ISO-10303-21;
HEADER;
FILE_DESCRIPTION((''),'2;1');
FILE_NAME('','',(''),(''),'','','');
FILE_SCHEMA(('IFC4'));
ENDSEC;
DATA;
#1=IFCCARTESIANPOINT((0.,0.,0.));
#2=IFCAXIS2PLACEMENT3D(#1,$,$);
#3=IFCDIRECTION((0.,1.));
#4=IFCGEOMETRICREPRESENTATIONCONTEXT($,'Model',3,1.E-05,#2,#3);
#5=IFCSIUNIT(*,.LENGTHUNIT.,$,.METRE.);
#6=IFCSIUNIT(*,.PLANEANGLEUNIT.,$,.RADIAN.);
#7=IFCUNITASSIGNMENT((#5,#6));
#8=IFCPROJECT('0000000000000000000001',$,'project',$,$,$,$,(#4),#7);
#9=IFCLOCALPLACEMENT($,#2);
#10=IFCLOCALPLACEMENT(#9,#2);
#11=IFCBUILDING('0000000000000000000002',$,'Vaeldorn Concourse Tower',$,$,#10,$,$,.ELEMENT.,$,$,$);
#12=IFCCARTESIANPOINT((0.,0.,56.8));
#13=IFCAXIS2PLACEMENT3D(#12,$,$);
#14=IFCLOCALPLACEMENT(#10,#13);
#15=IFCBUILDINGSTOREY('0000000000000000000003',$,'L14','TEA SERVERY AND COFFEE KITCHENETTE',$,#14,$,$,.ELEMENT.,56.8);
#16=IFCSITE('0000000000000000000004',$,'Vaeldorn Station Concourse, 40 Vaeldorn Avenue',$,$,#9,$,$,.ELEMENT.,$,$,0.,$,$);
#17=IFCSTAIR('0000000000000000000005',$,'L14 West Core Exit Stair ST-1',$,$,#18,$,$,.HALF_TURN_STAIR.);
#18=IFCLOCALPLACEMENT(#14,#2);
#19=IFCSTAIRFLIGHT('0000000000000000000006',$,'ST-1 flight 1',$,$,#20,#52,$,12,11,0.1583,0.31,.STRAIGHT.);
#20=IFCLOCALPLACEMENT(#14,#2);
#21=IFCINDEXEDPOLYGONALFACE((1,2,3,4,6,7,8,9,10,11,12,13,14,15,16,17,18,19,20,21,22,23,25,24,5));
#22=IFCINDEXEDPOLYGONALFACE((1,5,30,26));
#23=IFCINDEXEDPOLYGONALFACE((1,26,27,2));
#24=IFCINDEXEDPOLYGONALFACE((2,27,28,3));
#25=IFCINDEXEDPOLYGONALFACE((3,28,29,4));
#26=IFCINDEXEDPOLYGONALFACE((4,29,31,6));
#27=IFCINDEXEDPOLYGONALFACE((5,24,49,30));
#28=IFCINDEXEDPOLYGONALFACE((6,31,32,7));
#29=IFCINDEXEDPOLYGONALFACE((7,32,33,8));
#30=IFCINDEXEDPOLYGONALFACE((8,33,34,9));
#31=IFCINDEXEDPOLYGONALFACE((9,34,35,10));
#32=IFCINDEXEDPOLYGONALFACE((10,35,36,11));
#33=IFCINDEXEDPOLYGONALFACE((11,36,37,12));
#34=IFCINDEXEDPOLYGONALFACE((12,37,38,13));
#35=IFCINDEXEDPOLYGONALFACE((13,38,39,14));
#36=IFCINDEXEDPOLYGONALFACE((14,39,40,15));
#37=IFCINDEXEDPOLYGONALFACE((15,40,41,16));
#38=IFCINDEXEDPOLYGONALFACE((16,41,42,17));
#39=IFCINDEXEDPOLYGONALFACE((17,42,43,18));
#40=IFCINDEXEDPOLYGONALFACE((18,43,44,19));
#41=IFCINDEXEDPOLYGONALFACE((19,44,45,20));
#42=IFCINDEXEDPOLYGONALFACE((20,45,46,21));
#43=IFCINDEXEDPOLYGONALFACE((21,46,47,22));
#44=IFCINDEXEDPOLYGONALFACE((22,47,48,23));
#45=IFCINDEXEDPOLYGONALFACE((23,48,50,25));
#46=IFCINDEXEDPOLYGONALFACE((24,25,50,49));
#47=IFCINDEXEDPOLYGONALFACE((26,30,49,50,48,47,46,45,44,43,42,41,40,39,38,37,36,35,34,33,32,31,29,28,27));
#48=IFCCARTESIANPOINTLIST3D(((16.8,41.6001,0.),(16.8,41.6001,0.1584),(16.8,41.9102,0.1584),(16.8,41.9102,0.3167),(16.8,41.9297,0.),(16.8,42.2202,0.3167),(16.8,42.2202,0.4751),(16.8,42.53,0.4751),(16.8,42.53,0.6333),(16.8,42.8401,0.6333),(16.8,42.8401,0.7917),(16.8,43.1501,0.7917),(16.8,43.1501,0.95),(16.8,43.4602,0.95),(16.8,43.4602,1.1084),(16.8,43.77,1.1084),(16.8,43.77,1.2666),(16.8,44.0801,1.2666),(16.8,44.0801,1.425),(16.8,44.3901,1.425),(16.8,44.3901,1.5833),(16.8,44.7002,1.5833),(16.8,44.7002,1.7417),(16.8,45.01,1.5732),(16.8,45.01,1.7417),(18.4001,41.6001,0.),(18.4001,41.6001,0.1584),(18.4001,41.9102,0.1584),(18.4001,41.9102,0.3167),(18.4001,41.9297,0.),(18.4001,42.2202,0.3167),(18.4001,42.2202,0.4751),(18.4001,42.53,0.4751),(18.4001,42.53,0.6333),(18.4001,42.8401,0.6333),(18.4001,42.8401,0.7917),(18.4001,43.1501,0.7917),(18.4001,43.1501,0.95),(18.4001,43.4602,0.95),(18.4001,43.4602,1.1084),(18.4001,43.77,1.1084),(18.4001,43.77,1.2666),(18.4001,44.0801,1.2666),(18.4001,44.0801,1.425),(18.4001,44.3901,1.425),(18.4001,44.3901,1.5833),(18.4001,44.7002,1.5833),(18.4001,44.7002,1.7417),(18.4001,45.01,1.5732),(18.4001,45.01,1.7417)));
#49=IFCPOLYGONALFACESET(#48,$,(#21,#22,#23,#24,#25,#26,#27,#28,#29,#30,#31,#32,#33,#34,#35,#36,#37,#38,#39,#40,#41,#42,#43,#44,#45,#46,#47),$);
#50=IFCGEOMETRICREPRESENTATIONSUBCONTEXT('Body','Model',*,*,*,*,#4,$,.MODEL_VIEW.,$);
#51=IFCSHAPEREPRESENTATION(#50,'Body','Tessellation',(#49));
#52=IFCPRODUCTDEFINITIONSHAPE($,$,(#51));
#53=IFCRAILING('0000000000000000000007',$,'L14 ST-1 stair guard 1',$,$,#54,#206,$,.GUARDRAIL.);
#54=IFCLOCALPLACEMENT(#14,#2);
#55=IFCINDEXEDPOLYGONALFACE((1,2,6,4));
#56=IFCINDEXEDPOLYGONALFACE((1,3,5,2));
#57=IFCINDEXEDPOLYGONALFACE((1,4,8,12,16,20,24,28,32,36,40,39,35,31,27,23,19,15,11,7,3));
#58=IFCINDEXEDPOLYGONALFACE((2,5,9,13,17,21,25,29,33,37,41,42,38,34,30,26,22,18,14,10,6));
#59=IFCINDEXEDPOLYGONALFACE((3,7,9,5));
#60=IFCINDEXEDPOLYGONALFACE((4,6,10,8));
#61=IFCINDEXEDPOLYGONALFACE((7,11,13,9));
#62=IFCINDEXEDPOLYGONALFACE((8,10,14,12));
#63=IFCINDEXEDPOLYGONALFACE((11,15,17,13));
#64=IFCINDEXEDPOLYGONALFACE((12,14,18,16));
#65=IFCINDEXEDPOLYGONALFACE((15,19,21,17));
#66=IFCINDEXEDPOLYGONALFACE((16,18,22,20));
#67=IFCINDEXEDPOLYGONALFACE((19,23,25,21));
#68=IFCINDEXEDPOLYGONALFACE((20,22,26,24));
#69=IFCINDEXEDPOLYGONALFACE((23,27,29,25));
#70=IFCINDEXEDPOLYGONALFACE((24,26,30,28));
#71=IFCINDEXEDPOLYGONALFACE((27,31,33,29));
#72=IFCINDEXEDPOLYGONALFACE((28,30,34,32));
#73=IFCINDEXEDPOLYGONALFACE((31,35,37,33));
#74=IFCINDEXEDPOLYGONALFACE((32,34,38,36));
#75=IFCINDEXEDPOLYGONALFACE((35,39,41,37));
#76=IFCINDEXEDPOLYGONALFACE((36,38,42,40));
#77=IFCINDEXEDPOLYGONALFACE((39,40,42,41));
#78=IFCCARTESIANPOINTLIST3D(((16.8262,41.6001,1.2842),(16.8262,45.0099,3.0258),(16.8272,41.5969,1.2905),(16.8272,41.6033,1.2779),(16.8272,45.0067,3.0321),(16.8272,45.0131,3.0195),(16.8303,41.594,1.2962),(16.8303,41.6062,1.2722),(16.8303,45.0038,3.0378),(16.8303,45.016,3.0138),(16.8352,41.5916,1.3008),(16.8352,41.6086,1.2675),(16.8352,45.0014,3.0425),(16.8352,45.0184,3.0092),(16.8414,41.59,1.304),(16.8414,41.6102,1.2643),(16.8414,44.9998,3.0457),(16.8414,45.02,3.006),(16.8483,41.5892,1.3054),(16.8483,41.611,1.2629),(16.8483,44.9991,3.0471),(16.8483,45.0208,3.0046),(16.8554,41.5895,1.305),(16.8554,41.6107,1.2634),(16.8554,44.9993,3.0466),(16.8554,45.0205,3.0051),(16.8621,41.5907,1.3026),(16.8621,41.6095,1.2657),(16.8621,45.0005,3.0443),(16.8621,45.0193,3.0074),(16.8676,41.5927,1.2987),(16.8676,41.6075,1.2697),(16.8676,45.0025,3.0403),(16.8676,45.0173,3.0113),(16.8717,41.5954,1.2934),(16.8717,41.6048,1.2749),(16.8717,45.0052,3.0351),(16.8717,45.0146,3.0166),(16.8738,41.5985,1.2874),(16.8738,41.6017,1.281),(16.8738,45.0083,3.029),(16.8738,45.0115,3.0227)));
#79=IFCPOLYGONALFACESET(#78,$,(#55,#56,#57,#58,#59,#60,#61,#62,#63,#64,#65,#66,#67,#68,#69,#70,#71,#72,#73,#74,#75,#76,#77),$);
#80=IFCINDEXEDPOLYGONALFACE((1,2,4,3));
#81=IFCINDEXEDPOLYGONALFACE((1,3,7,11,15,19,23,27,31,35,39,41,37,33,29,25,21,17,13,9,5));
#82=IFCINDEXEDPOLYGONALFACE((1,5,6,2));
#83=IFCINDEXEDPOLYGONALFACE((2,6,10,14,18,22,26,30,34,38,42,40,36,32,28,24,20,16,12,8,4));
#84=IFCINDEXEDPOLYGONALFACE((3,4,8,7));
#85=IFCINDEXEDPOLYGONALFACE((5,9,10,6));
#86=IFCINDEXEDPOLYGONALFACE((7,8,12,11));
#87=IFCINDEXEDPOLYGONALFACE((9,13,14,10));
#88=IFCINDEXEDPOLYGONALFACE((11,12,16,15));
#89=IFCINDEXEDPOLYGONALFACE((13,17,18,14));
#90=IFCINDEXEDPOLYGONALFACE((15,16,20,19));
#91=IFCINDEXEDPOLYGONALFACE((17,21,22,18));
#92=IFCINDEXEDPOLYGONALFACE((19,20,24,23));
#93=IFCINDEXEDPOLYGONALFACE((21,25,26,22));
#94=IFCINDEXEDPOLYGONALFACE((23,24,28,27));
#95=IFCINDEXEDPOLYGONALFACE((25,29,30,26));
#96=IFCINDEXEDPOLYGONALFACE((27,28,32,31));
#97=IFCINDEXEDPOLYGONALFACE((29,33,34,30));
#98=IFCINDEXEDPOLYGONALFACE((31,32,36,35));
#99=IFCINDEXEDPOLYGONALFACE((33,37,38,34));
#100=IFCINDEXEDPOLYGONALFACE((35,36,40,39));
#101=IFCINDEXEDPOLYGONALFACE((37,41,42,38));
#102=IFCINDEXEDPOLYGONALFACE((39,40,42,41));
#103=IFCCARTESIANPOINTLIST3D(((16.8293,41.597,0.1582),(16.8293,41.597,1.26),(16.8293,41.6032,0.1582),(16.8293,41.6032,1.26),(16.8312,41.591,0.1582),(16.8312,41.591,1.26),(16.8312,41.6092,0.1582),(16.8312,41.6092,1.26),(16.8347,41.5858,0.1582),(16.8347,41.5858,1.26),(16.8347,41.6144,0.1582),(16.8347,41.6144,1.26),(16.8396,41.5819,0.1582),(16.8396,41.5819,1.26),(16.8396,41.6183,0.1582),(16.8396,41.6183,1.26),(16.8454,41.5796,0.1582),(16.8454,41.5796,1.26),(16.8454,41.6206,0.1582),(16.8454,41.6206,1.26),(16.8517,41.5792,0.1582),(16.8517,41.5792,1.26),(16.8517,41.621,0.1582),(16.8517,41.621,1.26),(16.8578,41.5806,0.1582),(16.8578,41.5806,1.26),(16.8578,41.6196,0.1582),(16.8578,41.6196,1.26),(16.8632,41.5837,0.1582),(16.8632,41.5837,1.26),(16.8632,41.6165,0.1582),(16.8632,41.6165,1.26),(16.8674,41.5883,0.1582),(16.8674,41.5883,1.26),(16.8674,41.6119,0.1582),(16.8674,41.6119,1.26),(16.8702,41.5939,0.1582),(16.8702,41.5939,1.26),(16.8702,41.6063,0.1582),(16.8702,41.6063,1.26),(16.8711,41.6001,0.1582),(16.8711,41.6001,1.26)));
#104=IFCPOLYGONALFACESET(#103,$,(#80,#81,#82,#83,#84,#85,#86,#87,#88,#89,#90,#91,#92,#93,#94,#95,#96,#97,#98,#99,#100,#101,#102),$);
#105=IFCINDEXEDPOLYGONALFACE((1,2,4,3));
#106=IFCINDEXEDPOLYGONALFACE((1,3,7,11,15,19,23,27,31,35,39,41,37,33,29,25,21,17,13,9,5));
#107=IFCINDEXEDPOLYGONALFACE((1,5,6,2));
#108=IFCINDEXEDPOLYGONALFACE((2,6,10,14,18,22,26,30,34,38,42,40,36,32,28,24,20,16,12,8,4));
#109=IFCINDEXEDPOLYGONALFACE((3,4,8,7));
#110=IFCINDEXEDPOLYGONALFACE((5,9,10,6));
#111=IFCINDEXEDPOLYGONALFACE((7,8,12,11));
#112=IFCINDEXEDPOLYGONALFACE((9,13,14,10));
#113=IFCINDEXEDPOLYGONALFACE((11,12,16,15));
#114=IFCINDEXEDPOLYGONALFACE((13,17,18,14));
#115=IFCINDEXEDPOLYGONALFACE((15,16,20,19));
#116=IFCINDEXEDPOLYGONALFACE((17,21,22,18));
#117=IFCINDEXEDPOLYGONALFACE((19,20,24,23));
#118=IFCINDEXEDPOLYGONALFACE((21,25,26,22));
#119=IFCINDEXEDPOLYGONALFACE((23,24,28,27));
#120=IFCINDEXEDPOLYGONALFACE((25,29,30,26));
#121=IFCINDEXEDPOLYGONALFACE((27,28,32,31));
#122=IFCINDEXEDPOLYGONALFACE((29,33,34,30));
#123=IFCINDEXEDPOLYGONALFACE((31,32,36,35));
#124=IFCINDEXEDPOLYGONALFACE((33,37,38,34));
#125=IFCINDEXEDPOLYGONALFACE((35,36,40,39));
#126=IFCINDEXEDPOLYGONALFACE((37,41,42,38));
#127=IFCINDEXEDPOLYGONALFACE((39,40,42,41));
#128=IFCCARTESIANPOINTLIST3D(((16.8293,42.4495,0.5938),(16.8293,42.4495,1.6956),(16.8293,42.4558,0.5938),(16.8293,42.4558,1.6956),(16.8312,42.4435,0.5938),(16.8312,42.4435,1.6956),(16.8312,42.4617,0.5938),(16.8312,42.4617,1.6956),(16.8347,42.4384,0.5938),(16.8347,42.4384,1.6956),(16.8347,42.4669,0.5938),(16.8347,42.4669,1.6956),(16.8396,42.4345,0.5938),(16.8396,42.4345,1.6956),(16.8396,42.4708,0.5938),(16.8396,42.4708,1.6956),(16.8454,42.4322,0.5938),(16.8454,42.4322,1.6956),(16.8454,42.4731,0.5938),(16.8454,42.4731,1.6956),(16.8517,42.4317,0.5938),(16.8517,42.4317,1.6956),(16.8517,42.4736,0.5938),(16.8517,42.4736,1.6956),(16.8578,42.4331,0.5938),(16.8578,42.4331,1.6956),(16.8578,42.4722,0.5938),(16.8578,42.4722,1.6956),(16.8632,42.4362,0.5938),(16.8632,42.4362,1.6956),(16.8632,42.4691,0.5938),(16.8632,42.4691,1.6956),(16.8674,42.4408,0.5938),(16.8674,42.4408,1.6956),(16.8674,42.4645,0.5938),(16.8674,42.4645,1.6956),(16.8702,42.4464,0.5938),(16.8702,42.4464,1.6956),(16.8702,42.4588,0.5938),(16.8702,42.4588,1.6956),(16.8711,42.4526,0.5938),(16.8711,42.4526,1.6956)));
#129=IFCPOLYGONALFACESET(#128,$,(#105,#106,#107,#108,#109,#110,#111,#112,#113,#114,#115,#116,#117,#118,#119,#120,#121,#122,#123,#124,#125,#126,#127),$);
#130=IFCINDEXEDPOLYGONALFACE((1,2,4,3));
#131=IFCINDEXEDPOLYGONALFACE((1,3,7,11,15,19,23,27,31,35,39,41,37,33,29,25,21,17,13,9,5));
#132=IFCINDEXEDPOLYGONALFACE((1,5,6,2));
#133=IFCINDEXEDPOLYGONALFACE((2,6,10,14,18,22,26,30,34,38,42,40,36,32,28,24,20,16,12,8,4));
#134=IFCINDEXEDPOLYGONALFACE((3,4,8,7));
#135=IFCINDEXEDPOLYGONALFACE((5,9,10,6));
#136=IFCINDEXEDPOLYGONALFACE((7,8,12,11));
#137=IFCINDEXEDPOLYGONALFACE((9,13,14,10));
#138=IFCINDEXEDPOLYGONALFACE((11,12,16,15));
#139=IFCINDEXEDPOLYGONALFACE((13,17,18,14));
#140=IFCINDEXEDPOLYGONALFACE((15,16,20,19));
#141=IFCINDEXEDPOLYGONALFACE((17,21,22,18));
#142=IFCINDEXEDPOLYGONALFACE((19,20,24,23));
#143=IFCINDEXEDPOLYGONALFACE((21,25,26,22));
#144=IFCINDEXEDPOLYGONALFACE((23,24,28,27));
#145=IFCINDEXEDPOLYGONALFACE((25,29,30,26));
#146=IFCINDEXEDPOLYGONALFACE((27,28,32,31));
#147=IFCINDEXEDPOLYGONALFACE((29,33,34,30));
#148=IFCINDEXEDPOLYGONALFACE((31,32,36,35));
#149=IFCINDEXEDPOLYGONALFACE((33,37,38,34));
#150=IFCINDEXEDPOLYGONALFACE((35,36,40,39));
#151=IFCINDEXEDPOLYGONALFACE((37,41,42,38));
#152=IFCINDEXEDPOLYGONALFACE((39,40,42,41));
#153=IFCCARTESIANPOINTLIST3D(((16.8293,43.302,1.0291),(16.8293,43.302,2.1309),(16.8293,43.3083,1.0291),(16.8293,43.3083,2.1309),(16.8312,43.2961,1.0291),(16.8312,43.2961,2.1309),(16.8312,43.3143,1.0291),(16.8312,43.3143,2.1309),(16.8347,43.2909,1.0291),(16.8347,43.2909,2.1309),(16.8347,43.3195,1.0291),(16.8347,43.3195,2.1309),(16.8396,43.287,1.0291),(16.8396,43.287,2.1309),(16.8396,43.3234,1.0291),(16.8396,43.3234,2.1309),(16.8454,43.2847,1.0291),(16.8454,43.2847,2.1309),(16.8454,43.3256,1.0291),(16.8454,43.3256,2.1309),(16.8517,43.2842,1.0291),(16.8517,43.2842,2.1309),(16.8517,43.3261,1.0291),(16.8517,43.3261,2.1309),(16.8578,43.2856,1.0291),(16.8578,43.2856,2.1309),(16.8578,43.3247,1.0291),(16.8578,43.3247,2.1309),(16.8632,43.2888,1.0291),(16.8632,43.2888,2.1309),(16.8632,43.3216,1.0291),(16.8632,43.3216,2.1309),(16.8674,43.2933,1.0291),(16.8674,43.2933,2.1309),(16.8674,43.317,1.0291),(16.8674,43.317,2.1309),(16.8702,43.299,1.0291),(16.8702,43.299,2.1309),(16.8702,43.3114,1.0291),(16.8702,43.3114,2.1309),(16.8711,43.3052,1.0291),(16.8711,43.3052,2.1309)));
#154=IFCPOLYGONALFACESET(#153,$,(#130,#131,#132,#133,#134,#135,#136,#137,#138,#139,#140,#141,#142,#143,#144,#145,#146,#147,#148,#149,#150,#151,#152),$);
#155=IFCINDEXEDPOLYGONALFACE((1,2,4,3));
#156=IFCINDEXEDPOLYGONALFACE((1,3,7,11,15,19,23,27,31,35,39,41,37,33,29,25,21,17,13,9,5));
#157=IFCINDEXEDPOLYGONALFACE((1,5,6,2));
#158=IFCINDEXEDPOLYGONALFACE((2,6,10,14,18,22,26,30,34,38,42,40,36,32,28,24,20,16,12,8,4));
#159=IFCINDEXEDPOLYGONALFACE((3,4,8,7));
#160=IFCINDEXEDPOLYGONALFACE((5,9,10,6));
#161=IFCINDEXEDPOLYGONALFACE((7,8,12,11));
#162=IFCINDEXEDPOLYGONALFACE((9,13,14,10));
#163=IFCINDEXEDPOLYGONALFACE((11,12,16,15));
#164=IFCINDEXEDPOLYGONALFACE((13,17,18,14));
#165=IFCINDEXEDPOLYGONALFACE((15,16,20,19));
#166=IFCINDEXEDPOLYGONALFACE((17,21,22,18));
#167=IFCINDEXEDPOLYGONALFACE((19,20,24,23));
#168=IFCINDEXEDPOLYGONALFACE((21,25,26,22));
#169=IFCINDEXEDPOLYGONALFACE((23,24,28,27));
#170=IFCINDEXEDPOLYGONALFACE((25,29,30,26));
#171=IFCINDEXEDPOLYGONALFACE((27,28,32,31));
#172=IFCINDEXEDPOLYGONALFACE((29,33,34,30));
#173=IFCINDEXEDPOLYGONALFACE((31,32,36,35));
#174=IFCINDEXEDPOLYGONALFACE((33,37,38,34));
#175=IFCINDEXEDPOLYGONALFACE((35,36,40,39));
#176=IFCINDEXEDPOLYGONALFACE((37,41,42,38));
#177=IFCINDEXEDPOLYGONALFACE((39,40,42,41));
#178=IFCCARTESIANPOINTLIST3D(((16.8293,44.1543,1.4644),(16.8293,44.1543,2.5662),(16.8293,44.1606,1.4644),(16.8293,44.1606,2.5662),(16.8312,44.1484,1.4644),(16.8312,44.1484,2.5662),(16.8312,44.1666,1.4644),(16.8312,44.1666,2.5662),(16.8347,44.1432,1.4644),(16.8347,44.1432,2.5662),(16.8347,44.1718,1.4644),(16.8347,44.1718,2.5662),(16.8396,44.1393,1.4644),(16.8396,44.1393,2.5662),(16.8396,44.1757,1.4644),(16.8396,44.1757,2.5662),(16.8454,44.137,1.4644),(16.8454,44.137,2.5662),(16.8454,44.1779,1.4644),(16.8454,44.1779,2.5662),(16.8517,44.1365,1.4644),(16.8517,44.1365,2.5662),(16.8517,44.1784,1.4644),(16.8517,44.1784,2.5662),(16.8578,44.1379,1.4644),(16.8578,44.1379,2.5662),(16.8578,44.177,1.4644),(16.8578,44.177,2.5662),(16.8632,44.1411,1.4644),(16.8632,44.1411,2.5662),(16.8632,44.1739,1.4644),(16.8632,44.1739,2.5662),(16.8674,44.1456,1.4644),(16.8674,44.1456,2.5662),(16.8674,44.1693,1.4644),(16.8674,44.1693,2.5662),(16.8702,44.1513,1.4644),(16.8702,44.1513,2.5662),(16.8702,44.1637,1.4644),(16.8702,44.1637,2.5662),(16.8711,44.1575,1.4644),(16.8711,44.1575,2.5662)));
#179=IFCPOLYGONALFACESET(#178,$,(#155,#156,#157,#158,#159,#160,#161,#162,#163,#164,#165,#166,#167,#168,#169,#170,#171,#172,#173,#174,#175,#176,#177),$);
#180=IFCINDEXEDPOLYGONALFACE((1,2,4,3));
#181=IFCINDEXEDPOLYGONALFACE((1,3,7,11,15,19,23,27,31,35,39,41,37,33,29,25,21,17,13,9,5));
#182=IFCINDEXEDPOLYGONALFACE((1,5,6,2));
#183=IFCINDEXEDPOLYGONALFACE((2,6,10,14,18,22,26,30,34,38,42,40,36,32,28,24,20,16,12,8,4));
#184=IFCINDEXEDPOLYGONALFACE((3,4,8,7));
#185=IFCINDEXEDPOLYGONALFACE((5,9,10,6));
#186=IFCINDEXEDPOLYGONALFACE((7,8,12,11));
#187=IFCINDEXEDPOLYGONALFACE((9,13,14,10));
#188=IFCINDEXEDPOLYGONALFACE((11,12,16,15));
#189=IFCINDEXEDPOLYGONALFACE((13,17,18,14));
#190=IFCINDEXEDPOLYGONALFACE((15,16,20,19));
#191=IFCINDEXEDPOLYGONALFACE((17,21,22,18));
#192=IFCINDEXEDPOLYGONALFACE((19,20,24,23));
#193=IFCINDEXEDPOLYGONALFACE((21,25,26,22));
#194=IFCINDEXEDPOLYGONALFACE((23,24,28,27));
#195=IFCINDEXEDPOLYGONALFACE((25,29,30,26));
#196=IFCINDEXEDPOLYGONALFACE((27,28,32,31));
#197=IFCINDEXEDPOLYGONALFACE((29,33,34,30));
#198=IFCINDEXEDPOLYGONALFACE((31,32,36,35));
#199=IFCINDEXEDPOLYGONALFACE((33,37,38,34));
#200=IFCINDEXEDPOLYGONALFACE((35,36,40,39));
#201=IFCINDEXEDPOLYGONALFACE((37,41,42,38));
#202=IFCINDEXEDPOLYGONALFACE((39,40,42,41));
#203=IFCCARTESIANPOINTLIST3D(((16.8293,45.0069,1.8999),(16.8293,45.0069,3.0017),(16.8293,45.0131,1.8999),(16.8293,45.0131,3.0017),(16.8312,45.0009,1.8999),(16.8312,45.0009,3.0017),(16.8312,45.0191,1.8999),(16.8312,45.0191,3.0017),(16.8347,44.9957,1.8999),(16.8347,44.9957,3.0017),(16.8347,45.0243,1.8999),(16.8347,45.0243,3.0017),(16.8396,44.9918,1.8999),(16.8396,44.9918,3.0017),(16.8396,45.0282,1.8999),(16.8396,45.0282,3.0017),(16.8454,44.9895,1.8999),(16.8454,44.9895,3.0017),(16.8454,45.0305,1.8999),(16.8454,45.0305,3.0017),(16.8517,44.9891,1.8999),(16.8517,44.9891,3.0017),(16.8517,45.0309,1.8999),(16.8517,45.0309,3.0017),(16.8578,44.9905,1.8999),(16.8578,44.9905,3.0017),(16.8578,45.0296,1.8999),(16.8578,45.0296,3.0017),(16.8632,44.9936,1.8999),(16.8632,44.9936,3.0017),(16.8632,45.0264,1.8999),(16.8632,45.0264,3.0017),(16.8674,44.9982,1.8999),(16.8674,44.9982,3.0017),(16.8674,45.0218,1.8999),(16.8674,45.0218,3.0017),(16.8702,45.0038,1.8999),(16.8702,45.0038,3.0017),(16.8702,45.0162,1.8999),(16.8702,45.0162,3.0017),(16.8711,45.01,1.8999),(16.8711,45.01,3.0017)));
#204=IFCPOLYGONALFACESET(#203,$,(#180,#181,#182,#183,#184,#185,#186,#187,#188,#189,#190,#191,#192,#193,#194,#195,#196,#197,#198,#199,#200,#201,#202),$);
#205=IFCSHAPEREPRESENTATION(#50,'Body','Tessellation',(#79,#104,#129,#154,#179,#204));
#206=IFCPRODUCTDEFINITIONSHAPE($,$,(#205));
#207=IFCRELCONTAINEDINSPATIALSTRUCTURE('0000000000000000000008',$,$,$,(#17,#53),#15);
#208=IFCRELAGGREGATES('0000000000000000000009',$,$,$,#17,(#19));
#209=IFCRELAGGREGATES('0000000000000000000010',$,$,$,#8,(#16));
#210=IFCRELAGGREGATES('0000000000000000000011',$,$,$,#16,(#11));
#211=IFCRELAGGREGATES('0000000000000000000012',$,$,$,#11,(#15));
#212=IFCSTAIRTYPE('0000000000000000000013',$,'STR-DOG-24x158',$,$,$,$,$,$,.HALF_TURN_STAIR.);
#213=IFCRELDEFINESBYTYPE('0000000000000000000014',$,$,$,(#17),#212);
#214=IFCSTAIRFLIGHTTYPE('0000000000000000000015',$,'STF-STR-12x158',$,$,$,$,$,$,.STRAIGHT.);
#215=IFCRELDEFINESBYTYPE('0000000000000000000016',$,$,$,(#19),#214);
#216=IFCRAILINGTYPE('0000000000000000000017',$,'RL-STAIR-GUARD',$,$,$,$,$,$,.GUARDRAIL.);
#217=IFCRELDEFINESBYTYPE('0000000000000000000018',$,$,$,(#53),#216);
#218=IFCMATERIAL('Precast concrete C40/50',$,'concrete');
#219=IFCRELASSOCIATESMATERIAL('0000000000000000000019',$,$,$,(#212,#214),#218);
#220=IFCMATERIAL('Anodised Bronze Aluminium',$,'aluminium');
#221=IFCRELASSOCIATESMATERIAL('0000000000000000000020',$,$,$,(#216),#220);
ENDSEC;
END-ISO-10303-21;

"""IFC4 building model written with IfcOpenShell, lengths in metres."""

from ifc_helpers import new_model, si_unit, direction, frame, origin, origin_2d, place, context, subcontext, project, spatial, polyline, circle, outline, extrude, material, type_object, element, aggregate, save


model = new_model("IFC4")

# Units and contexts
model_context = context("Model", 3, precision=1e-05, world=origin(), true_north=direction((0.0, 1.0)))
body_context = subcontext(model_context, "Body", "Model", "MODEL_VIEW")
ifc_project = project(units=[si_unit("LENGTHUNIT", "METRE"), si_unit("PLANEANGLEUNIT", "RADIAN")], contexts=[model_context])

# Site, building, storey
site_placement = place(None, origin())
site = spatial("IfcSite", under=ifc_project, at=site_placement, Name="Vaeldorn Station Concourse, 40 Vaeldorn Avenue", CompositionType="ELEMENT", RefElevation=0.0)
building_placement = place(site_placement, origin())
building = spatial("IfcBuilding", under=site, at=building_placement, Name="Vaeldorn Concourse Tower", CompositionType="ELEMENT")
storey_placement = place(building_placement, frame((0.0, 0.0, 56.8)))
storey = spatial("IfcBuildingStorey", under=building, at=storey_placement, Name="L14", Description="TEA SERVERY AND COFFEE KITCHENETTE", CompositionType="ELEMENT", Elevation=56.8)

# Shared definitions
ifc_material_1 = material(Name="Anodised Bronze Aluminium", Category="aluminium")

# Stair, stair flight
ifc_material_2 = material(Name="Precast concrete C40/50", Category="concrete")
stair_type = type_object("IfcStairType", Name="STR-DOG-24x158", PredefinedType="HALF_TURN_STAIR", material=ifc_material_2)
stair_placement = place(storey_placement, origin())
stair = element("IfcStair", 1, at=stair_placement, inside=storey, type_object=stair_type, Name="L14 West Core Exit Stair ST-1", PredefinedType="HALF_TURN_STAIR")
stair_flight_type = type_object("IfcStairFlightType", Name="STF-STR-12x158", PredefinedType="STRAIGHT", material=ifc_material_2)
stair_flight_placement = place(storey_placement, frame((17.6001, 41.6001, 0.0), z_axis=(0.0, 0.0, 1.0), x_axis=(0.0, 1.0, 0.0)))
stair_flight = element("IfcStairFlight", 2, at=stair_flight_placement, type_object=stair_flight_type, Name="ST-1 flight 1", NumberOfRisers=12, NumberOfTreads=11, PredefinedType="STRAIGHT", RiserHeight=0.1583, TreadLength=0.31, context=body_context, shape_type="SweptSolid", body=[
    extrude(outline(polyline([(0.0, 0.0), (0.0, 0.1584), (0.3101, 0.1584), (0.3101, 0.3167), (0.6201, 0.3167), (0.6201, 0.4751), (0.9299, 0.4751), (0.9299, 0.6333), (1.24, 0.6333), (1.24, 0.7917), (1.55, 0.7917), (1.55, 0.95), (1.8601, 0.95), (1.8601, 1.1084), (2.1699, 1.1084), (2.1699, 1.2666), (2.48, 1.2666), (2.48, 1.425), (2.79, 1.425), (2.79, 1.5833), (3.1001, 1.5833), (3.1001, 1.7417), (3.4099, 1.7417), (3.4099, 1.8999), (3.4099, 1.5732), (0.3296, 0.0), (0.0, 0.0)])), frame((0.0, 0.8, 0.0), z_axis=(0.0, -1.0, 0.0), x_axis=(1.0, 0.0, 0.0)), (0.0, 0.0, 1.0), 1.6001),
])
aggregate(stair, [stair_flight])

# Railing
railing_type_1 = type_object("IfcRailingType", Name="RL-STAIR-GUARD", PredefinedType="GUARDRAIL", material=ifc_material_1)
railing_1_placement = place(storey_placement, frame((16.8501, 41.6001, 0.1582)))
element("IfcRailing", 3, at=railing_1_placement, inside=storey, type_object=railing_type_1, Name="L14 ST-1 stair guard 1", PredefinedType="GUARDRAIL", context=body_context, shape_type="SweptSolid", body=[
    extrude(circle(Radius=0.0239, at=origin_2d()), frame((0.0, 0.0, 1.126), z_axis=(0.0, 0.890556, 0.454874), x_axis=(-1.0, 0.0, 0.0)), (0.0, 0.0, 1.0), 3.8289),
    extrude(circle(Radius=0.021, at=origin_2d()), origin(), (0.0, 0.0, 1.0), 1.1018),
    extrude(circle(Radius=0.021, at=origin_2d()), frame((0.0, 0.8525, 0.4355)), (0.0, 0.0, 1.0), 1.1018),
    extrude(circle(Radius=0.021, at=origin_2d()), frame((0.0, 1.7051, 0.8708)), (0.0, 0.0, 1.0), 1.1018),
    extrude(circle(Radius=0.021, at=origin_2d()), frame((0.0, 2.5574, 1.3062)), (0.0, 0.0, 1.0), 1.1018),
    extrude(circle(Radius=0.021, at=origin_2d()), frame((0.0, 3.4099, 1.7417)), (0.0, 0.0, 1.0), 1.1018),
])

save(model, "model.ifc")
